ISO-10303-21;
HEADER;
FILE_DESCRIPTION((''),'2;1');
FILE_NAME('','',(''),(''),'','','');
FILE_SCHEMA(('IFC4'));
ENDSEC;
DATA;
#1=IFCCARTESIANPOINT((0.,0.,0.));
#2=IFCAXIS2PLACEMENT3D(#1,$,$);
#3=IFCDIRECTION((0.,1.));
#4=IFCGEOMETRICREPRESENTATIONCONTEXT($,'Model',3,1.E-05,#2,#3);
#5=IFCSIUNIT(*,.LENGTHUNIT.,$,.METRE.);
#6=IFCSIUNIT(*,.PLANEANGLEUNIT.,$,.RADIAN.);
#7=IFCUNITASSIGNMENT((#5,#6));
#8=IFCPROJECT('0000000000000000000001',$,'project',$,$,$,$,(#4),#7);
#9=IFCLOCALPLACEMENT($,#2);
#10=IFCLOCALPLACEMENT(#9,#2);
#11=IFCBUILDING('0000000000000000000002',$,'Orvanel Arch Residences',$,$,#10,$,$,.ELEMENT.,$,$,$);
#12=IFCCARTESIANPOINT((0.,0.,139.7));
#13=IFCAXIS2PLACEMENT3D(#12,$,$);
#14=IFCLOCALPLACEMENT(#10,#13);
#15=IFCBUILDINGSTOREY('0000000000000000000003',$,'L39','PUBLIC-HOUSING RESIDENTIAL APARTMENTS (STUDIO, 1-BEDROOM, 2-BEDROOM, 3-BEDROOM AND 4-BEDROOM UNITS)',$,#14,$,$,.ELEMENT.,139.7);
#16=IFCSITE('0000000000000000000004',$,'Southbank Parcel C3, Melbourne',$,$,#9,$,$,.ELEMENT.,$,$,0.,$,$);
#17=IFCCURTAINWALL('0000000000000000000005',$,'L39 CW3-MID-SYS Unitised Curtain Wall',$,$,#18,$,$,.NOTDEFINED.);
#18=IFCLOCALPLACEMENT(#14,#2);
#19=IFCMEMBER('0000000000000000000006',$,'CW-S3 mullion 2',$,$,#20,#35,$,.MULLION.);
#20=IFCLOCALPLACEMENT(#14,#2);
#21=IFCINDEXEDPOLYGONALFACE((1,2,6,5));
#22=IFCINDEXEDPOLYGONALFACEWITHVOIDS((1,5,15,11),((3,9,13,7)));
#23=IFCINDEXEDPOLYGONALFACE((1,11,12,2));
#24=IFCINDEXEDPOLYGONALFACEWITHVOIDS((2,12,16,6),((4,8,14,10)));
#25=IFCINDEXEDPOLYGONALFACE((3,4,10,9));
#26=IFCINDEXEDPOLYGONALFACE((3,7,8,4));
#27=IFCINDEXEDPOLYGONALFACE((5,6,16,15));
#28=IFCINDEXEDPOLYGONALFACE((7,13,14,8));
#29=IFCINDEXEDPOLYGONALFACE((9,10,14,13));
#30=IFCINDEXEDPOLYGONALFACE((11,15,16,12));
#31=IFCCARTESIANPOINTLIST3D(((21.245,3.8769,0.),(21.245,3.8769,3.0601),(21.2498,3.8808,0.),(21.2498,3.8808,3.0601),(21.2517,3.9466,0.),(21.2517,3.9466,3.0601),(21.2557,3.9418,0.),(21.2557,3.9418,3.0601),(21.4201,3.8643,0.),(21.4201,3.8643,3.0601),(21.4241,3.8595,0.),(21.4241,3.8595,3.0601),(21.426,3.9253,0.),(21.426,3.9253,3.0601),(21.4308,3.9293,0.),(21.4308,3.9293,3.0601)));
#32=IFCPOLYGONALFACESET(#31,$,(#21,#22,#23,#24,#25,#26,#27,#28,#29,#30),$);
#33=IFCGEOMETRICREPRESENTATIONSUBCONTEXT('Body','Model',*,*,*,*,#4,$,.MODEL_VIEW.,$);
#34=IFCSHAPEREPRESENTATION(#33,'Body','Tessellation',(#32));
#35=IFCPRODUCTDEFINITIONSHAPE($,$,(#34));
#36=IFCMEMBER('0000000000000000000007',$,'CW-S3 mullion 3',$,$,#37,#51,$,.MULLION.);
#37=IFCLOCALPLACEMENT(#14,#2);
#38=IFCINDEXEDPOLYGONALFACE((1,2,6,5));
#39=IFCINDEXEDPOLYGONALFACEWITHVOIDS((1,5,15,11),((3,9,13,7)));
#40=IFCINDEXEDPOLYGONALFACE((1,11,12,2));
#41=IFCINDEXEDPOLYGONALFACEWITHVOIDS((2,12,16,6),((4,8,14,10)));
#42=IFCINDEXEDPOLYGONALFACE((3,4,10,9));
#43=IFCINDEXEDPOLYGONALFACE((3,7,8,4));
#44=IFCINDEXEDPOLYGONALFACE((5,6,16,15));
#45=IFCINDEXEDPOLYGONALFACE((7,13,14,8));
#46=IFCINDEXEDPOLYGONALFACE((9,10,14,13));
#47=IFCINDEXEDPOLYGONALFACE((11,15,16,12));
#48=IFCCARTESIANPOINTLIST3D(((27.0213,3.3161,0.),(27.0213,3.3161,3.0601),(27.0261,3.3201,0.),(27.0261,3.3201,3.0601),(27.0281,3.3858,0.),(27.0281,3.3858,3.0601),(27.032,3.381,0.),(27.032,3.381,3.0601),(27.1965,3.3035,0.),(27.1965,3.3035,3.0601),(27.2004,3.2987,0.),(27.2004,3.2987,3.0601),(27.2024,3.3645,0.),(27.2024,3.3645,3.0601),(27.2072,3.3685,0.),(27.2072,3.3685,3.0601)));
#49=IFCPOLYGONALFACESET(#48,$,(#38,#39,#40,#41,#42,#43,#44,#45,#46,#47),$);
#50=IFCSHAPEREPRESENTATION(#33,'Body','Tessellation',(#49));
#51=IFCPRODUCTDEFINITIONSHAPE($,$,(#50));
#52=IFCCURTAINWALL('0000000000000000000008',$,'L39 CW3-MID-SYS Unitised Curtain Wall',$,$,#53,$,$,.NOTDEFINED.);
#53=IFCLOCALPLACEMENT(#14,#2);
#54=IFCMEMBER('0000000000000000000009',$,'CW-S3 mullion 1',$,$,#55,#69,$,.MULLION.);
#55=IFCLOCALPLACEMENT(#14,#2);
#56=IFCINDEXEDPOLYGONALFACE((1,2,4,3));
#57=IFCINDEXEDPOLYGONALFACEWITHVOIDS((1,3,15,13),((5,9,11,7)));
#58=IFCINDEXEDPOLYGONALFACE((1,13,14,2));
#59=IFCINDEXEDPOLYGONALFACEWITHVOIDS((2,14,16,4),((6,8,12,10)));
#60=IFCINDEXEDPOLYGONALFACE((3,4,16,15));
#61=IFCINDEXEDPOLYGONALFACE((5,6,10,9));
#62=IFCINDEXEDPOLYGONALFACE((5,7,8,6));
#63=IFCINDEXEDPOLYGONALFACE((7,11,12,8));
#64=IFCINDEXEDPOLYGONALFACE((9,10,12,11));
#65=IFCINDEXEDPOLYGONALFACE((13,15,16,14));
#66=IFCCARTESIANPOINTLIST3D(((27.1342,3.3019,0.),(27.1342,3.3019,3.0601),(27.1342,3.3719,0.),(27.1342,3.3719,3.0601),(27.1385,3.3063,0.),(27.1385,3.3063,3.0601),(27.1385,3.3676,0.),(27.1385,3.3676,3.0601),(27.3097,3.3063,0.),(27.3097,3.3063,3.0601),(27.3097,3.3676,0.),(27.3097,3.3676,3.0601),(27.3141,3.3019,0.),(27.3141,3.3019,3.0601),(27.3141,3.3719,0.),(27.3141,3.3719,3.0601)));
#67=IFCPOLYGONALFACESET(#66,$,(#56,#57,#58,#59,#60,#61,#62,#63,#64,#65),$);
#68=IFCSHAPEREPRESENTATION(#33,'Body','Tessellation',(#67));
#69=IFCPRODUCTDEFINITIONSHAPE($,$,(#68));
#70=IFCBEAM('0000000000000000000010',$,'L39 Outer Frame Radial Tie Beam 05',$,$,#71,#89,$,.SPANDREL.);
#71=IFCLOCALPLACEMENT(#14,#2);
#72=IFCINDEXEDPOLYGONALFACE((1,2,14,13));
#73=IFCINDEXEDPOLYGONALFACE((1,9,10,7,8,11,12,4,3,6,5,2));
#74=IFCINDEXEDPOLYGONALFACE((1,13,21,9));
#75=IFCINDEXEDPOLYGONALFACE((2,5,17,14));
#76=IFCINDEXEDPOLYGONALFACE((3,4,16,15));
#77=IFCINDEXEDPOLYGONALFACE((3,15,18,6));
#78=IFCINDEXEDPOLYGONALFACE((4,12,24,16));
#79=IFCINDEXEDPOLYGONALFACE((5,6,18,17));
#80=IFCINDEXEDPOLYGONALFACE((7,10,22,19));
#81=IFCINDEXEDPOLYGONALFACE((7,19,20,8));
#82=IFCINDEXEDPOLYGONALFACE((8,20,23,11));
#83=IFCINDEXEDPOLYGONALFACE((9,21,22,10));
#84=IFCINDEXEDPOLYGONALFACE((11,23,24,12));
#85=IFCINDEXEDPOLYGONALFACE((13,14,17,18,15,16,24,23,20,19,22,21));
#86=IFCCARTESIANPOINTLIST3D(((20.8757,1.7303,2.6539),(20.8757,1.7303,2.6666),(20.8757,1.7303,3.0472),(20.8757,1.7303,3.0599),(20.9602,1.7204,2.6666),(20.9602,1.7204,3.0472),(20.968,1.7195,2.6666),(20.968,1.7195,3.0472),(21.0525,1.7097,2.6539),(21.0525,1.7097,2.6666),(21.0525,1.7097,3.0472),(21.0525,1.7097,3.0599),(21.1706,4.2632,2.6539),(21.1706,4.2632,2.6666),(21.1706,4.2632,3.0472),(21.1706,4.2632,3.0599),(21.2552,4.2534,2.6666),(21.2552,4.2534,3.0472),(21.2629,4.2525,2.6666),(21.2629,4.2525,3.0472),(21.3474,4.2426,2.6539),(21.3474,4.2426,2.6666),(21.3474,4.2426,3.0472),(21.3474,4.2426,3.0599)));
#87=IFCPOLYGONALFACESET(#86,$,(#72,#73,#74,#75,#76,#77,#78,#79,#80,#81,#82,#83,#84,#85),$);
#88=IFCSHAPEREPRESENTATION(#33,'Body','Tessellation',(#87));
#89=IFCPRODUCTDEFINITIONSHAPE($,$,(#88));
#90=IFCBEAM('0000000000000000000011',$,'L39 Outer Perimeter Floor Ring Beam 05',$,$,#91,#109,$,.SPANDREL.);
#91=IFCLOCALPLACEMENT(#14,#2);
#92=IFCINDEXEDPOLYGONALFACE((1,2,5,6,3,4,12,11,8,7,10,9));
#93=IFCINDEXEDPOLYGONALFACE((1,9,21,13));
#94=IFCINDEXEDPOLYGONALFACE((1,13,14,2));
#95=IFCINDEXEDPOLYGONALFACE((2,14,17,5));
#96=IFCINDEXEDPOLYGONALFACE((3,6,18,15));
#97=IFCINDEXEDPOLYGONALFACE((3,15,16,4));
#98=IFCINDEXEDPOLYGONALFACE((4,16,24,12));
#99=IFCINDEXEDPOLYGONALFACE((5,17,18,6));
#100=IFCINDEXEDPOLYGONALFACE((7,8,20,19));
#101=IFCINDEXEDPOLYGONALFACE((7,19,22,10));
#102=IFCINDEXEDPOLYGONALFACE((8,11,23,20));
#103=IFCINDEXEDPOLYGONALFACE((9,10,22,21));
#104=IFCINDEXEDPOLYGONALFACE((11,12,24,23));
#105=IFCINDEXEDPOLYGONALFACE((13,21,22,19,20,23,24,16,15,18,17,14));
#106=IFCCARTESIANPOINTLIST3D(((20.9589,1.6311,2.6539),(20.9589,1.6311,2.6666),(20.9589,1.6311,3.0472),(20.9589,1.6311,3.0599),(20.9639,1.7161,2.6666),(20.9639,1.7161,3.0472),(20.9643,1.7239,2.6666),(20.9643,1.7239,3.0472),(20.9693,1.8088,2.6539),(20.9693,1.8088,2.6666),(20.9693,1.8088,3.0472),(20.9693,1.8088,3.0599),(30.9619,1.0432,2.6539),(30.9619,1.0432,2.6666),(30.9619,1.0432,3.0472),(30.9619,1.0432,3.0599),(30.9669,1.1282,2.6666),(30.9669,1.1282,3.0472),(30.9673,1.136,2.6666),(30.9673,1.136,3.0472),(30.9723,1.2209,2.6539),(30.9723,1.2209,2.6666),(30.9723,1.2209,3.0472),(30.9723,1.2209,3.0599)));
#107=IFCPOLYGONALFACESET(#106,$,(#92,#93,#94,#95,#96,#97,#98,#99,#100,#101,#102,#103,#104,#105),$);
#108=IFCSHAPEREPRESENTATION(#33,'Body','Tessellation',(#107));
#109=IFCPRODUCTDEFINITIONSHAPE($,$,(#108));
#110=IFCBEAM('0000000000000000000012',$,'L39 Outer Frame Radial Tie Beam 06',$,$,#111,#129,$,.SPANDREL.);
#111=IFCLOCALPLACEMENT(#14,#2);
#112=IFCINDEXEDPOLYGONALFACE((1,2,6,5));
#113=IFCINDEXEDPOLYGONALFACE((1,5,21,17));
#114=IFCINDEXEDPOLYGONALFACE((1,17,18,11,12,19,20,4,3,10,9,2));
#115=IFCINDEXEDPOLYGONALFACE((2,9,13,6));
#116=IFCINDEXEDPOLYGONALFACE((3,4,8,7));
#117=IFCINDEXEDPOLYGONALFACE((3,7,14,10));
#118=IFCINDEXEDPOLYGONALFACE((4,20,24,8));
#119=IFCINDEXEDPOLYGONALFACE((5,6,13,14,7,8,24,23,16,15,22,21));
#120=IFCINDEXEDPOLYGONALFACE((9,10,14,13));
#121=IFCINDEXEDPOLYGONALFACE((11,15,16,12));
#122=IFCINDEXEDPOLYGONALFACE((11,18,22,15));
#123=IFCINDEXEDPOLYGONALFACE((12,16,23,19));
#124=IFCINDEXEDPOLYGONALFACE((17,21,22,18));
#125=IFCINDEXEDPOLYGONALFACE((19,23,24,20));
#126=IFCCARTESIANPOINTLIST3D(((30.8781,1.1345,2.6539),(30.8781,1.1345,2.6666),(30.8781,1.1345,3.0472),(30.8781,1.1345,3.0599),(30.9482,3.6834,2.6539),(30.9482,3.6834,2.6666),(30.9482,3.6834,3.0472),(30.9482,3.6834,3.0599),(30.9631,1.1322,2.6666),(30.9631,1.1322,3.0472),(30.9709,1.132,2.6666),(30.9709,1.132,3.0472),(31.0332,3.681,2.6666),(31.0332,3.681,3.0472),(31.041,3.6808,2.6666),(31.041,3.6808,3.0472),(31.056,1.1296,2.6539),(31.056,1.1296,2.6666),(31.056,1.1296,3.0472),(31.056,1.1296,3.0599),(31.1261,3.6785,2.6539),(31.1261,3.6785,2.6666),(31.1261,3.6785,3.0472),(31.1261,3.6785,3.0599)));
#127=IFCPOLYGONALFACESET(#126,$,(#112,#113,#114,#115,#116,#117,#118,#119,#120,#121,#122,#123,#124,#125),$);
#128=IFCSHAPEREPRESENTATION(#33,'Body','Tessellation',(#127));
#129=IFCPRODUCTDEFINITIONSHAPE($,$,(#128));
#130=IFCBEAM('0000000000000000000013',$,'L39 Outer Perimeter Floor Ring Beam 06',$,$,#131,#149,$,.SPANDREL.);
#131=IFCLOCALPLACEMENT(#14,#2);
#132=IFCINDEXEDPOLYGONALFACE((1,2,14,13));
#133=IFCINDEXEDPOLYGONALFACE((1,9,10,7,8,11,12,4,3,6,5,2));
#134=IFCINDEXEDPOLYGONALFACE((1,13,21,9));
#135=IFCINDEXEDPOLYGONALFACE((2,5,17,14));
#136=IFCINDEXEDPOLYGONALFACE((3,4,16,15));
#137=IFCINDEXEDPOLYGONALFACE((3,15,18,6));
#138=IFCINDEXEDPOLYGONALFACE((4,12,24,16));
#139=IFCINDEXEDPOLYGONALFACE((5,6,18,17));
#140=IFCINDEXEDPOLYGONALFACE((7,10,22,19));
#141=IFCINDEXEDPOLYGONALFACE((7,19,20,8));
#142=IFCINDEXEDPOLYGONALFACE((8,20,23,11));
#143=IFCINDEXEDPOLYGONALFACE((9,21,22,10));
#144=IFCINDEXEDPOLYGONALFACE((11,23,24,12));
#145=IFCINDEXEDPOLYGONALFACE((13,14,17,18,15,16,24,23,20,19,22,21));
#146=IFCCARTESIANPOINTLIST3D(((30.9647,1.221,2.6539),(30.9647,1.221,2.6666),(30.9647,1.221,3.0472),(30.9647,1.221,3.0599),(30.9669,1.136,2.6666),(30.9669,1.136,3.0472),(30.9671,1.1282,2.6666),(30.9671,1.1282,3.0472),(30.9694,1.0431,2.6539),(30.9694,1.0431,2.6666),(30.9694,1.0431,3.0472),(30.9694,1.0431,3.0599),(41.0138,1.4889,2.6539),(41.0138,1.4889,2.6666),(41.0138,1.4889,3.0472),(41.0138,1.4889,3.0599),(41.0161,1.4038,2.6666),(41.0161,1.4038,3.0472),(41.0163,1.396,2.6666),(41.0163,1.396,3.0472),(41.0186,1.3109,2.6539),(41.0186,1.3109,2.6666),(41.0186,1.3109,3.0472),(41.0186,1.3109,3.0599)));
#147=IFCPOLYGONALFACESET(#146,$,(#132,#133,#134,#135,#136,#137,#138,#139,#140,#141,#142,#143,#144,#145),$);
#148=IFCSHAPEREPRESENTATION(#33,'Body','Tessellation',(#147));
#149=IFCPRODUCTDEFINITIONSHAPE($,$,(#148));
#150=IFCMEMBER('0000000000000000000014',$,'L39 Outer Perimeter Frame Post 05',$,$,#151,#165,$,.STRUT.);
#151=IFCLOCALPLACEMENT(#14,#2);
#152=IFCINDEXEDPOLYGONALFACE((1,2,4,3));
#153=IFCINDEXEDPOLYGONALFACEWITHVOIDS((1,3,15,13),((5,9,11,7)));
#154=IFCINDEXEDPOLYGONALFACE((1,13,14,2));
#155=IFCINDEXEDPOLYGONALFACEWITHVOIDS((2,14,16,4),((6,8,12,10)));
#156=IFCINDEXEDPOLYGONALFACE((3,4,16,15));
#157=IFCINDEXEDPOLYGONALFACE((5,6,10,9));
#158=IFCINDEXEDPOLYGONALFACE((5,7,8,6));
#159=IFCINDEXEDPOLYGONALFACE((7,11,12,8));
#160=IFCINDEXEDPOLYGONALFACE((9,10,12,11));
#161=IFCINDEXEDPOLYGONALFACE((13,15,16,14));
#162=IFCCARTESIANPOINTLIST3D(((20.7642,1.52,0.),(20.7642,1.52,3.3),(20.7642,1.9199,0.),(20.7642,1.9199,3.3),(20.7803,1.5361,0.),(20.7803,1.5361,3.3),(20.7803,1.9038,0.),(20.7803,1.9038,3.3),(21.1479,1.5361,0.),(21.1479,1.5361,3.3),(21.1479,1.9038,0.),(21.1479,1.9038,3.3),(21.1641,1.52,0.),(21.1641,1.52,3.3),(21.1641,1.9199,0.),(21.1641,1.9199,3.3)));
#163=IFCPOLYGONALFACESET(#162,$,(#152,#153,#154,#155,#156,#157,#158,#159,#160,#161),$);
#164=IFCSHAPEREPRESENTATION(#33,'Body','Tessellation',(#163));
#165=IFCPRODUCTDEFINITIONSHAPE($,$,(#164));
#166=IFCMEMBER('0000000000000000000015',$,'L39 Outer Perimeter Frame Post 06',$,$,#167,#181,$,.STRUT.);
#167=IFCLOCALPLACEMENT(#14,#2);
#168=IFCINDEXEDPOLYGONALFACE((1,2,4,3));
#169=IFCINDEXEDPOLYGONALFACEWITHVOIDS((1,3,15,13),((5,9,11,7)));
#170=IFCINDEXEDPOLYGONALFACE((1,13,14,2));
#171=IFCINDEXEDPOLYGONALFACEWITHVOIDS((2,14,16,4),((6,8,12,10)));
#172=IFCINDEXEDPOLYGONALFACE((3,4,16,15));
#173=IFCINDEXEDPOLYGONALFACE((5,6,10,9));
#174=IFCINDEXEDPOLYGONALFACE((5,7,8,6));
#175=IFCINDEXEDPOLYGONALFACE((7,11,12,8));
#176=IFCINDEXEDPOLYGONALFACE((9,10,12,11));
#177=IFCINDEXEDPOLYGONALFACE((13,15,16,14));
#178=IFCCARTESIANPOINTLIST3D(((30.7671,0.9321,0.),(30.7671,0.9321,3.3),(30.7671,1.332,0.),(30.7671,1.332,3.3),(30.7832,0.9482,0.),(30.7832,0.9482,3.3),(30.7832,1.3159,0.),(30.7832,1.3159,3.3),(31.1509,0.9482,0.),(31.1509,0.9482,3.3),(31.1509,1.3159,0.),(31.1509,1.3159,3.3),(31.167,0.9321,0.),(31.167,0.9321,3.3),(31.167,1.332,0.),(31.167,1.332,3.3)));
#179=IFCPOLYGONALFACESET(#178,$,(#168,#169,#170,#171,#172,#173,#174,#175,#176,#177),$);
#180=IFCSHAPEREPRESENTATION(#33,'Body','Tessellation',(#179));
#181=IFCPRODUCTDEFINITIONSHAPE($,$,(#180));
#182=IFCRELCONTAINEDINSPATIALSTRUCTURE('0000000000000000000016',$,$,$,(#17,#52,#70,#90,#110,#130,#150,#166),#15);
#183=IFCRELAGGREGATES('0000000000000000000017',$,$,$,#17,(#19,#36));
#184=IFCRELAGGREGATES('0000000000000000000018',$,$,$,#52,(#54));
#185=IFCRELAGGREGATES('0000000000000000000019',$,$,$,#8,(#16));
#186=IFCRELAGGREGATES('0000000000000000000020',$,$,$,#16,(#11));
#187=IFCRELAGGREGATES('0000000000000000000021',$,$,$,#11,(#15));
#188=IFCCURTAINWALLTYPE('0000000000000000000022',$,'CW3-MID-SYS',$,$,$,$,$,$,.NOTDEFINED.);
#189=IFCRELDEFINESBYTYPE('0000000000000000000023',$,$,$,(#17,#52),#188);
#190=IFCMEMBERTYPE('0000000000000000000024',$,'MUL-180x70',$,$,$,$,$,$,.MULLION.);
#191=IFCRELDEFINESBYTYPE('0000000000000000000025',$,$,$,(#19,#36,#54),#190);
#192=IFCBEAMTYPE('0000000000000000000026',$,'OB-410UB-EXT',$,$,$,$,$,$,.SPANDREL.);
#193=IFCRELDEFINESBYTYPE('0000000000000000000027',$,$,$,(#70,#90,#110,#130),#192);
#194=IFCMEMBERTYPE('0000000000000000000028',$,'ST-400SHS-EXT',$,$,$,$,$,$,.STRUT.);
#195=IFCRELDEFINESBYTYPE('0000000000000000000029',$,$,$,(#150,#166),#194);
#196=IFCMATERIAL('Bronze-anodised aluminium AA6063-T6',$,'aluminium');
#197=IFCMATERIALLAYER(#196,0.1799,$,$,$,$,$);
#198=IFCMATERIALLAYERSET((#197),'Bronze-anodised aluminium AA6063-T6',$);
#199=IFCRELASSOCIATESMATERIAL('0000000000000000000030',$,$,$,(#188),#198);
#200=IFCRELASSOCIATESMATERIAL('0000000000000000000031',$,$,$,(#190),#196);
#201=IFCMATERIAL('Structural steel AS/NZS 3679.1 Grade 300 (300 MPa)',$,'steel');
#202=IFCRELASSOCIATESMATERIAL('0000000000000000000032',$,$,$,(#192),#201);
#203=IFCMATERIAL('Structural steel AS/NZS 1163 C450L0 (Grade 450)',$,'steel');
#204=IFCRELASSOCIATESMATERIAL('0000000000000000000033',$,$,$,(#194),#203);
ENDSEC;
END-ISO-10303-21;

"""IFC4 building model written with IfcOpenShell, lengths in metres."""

from ifc_helpers import new_model, si_unit, direction, frame, origin, origin_2d, place, context, subcontext, project, spatial, hollow_rectangle, i_section, extrude, material, layer, layer_set, material_profile, profile_set, type_object, element, aggregate, save


model = new_model("IFC4")

# Units and contexts
model_context = context("Model", 3, precision=1e-05, world=origin(), true_north=direction((0.0, 1.0)))
body_context = subcontext(model_context, "Body", "Model", "MODEL_VIEW")
ifc_project = project(units=[si_unit("LENGTHUNIT", "METRE"), si_unit("PLANEANGLEUNIT", "RADIAN")], contexts=[model_context])

# Site, building, storey
site_placement = place(None, origin())
site = spatial("IfcSite", under=ifc_project, at=site_placement, Name="Southbank Parcel C3, Melbourne", CompositionType="ELEMENT", RefElevation=0.0)
building_placement = place(site_placement, origin())
building = spatial("IfcBuilding", under=site, at=building_placement, Name="Orvanel Arch Residences", CompositionType="ELEMENT")
storey_placement = place(building_placement, frame((0.0, 0.0, 139.7)))
storey = spatial("IfcBuildingStorey", under=building, at=storey_placement, Name="L39", Description="PUBLIC-HOUSING RESIDENTIAL APARTMENTS (STUDIO, 1-BEDROOM, 2-BEDROOM, 3-BEDROOM AND 4-BEDROOM UNITS)", CompositionType="ELEMENT", Elevation=139.7)

# Curtain wall, members
ifc_material_1 = material(Name="Bronze-anodised aluminium AA6063-T6", Category="aluminium")
ifc_layer_1 = layer(ifc_material_1, 0.1799)
ifc_layer_set_1 = layer_set([ifc_layer_1], Name="Bronze-anodised aluminium AA6063-T6")
curtain_wall_type = type_object("IfcCurtainWallType", Name="CW3-MID-SYS", PredefinedType="NOTDEFINED", material=ifc_layer_set_1)
curtain_wall_1_placement = place(storey_placement, origin())
curtain_wall_1 = element("IfcCurtainWall", 1, at=curtain_wall_1_placement, inside=storey, type_object=curtain_wall_type, Name="L39 CW3-MID-SYS Unitised Curtain Wall", PredefinedType="NOTDEFINED")
ifc_material_profile_1 = material_profile(ifc_material_1, hollow_rectangle(XDim=0.0701, YDim=0.1799, WallThickness=0.0044, at=origin_2d()), Name="ALU180x70x4.5")
ifc_profile_set_1 = profile_set([ifc_material_profile_1], Name="Bronze-anodised aluminium AA6063-T6")
member_type_1 = type_object("IfcMemberType", Name="MUL-180x70", PredefinedType="MULLION", material=ifc_profile_set_1)
member_1_placement = place(storey_placement, frame((21.3379, 3.9031, 0.0), z_axis=(0.0, 0.0, 1.0), x_axis=(0.096603, 0.995323, 0.0)))
member_1 = element("IfcMember", 2, at=member_1_placement, type_object=member_type_1, Name="CW-S3 mullion 2", PredefinedType="MULLION", context=body_context, shape_type="SweptSolid", body=[
    extrude(hollow_rectangle(XDim=0.0701, YDim=0.1799, WallThickness=0.0044, at=origin_2d()), origin(), (0.0, 0.0, 1.0), 3.0601),
])
member_2_placement = place(storey_placement, frame((27.1143, 3.3423, 0.0), z_axis=(0.0, 0.0, 1.0), x_axis=(0.096603, 0.995323, 0.0)))
member_2 = element("IfcMember", 3, at=member_2_placement, type_object=member_type_1, Name="CW-S3 mullion 3", PredefinedType="MULLION", context=body_context, shape_type="SweptSolid", body=[
    extrude(hollow_rectangle(XDim=0.0701, YDim=0.1799, WallThickness=0.0044, at=origin_2d()), origin(), (0.0, 0.0, 1.0), 3.0601),
])

# Curtain wall, member
curtain_wall_2_placement = place(storey_placement, origin())
curtain_wall_2 = element("IfcCurtainWall", 4, at=curtain_wall_2_placement, inside=storey, type_object=curtain_wall_type, Name="L39 CW3-MID-SYS Unitised Curtain Wall", PredefinedType="NOTDEFINED")
member_3_placement = place(storey_placement, frame((27.2241, 3.3369, 0.0), z_axis=(0.0, 0.0, 1.0), x_axis=(0.0, 1.0, 0.0)))
member_3 = element("IfcMember", 5, at=member_3_placement, type_object=member_type_1, Name="CW-S3 mullion 1", PredefinedType="MULLION", context=body_context, shape_type="SweptSolid", body=[
    extrude(hollow_rectangle(XDim=0.0701, YDim=0.1799, WallThickness=0.0044, at=origin_2d()), origin(), (0.0, 0.0, 1.0), 3.0601),
])

# Beams
ifc_material_2 = material(Name="Structural steel AS/NZS 3679.1 Grade 300 (300 MPa)", Category="steel")
ifc_material_profile_2 = material_profile(ifc_material_2, i_section(OverallWidth=0.178, OverallDepth=0.406, WebThickness=0.0078, FlangeThickness=0.0127, at=origin_2d()), Name="410UB59.7")
ifc_profile_set_2 = profile_set([ifc_material_profile_2], Name="Structural steel AS/NZS 3679.1 Grade 300 (300 MPa)")
beam_type = type_object("IfcBeamType", Name="OB-410UB-EXT", PredefinedType="SPANDREL", material=ifc_profile_set_2)
beam_1_placement = place(storey_placement, frame((21.259, 4.2529, 2.8569), z_axis=(-0.115652, -0.99329, 0.0), x_axis=(0.99329, -0.115652, 0.0)))
element("IfcBeam", 6, at=beam_1_placement, inside=storey, type_object=beam_type, Name="L39 Outer Frame Radial Tie Beam 05", PredefinedType="SPANDREL", context=body_context, shape_type="SweptSolid", body=[
    extrude(i_section(OverallWidth=0.178, OverallDepth=0.406, WebThickness=0.0078, FlangeThickness=0.0127, at=origin_2d()), origin(), (0.0, 0.0, 1.0), 2.55),
])
beam_2_placement = place(storey_placement, frame((20.9641, 1.72, 2.8569), z_axis=(0.998277, -0.058671, 0.0), x_axis=(0.058671, 0.998277, 0.0)))
element("IfcBeam", 7, at=beam_2_placement, inside=storey, type_object=beam_type, Name="L39 Outer Perimeter Floor Ring Beam 05", PredefinedType="SPANDREL", context=body_context, shape_type="SweptSolid", body=[
    extrude(i_section(OverallWidth=0.178, OverallDepth=0.406, WebThickness=0.0078, FlangeThickness=0.0127, at=origin_2d()), origin(), (0.0, 0.0, 1.0), 10.0203),
])
beam_3_placement = place(storey_placement, frame((31.0371, 3.6809, 2.8569), z_axis=(-0.02748, -0.999622, 0.0), x_axis=(0.999622, -0.02748, 0.0)))
element("IfcBeam", 8, at=beam_3_placement, inside=storey, type_object=beam_type, Name="L39 Outer Frame Radial Tie Beam 06", PredefinedType="SPANDREL", context=body_context, shape_type="SweptSolid", body=[
    extrude(i_section(OverallWidth=0.178, OverallDepth=0.406, WebThickness=0.0078, FlangeThickness=0.0127, at=origin_2d()), origin(), (0.0, 0.0, 1.0), 2.5498),
])
beam_4_placement = place(storey_placement, frame((30.967, 1.1321, 2.8569), z_axis=(0.999645, 0.026642, 0.0), x_axis=(-0.026642, 0.999645, 0.0)))
element("IfcBeam", 9, at=beam_4_placement, inside=storey, type_object=beam_type, Name="L39 Outer Perimeter Floor Ring Beam 06", PredefinedType="SPANDREL", context=body_context, shape_type="SweptSolid", body=[
    extrude(i_section(OverallWidth=0.178, OverallDepth=0.406, WebThickness=0.0078, FlangeThickness=0.0127, at=origin_2d()), origin(), (0.0, 0.0, 1.0), 10.0527),
])

# Members
ifc_material_3 = material(Name="Structural steel AS/NZS 1163 C450L0 (Grade 450)", Category="steel")
ifc_material_profile_3 = material_profile(ifc_material_3, hollow_rectangle(XDim=0.3999, YDim=0.3999, WallThickness=0.0161, at=origin_2d()), Name="SHS400x400x16")
ifc_profile_set_3 = profile_set([ifc_material_profile_3], Name="Structural steel AS/NZS 1163 C450L0 (Grade 450)")
member_type_2 = type_object("IfcMemberType", Name="ST-400SHS-EXT", PredefinedType="STRUT", material=ifc_profile_set_3)
for number, where, z_axis, x_axis, name in (
    (10, (20.9641, 1.72, 0.0), (0.0, 0.0, 1.0), (1.0, 0.0, 0.0), "L39 Outer Perimeter Frame Post 05"),
    (11, (30.967, 1.1321, 0.0), (0.0, 0.0, 1.0), (1.0, 0.0, 0.0), "L39 Outer Perimeter Frame Post 06"),
):
    element("IfcMember", number, at=place(storey_placement, frame(where, z_axis=z_axis, x_axis=x_axis)), inside=storey, type_object=member_type_2, Name=name, PredefinedType="STRUT", context=body_context, shape_type="SweptSolid", body=[
        extrude(hollow_rectangle(XDim=0.3999, YDim=0.3999, WallThickness=0.0161, at=origin_2d()), origin(), (0.0, 0.0, 1.0), 3.3),
    ])

aggregate(curtain_wall_1, [member_1, member_2])
aggregate(curtain_wall_2, [member_3])

save(model, "model.ifc")
